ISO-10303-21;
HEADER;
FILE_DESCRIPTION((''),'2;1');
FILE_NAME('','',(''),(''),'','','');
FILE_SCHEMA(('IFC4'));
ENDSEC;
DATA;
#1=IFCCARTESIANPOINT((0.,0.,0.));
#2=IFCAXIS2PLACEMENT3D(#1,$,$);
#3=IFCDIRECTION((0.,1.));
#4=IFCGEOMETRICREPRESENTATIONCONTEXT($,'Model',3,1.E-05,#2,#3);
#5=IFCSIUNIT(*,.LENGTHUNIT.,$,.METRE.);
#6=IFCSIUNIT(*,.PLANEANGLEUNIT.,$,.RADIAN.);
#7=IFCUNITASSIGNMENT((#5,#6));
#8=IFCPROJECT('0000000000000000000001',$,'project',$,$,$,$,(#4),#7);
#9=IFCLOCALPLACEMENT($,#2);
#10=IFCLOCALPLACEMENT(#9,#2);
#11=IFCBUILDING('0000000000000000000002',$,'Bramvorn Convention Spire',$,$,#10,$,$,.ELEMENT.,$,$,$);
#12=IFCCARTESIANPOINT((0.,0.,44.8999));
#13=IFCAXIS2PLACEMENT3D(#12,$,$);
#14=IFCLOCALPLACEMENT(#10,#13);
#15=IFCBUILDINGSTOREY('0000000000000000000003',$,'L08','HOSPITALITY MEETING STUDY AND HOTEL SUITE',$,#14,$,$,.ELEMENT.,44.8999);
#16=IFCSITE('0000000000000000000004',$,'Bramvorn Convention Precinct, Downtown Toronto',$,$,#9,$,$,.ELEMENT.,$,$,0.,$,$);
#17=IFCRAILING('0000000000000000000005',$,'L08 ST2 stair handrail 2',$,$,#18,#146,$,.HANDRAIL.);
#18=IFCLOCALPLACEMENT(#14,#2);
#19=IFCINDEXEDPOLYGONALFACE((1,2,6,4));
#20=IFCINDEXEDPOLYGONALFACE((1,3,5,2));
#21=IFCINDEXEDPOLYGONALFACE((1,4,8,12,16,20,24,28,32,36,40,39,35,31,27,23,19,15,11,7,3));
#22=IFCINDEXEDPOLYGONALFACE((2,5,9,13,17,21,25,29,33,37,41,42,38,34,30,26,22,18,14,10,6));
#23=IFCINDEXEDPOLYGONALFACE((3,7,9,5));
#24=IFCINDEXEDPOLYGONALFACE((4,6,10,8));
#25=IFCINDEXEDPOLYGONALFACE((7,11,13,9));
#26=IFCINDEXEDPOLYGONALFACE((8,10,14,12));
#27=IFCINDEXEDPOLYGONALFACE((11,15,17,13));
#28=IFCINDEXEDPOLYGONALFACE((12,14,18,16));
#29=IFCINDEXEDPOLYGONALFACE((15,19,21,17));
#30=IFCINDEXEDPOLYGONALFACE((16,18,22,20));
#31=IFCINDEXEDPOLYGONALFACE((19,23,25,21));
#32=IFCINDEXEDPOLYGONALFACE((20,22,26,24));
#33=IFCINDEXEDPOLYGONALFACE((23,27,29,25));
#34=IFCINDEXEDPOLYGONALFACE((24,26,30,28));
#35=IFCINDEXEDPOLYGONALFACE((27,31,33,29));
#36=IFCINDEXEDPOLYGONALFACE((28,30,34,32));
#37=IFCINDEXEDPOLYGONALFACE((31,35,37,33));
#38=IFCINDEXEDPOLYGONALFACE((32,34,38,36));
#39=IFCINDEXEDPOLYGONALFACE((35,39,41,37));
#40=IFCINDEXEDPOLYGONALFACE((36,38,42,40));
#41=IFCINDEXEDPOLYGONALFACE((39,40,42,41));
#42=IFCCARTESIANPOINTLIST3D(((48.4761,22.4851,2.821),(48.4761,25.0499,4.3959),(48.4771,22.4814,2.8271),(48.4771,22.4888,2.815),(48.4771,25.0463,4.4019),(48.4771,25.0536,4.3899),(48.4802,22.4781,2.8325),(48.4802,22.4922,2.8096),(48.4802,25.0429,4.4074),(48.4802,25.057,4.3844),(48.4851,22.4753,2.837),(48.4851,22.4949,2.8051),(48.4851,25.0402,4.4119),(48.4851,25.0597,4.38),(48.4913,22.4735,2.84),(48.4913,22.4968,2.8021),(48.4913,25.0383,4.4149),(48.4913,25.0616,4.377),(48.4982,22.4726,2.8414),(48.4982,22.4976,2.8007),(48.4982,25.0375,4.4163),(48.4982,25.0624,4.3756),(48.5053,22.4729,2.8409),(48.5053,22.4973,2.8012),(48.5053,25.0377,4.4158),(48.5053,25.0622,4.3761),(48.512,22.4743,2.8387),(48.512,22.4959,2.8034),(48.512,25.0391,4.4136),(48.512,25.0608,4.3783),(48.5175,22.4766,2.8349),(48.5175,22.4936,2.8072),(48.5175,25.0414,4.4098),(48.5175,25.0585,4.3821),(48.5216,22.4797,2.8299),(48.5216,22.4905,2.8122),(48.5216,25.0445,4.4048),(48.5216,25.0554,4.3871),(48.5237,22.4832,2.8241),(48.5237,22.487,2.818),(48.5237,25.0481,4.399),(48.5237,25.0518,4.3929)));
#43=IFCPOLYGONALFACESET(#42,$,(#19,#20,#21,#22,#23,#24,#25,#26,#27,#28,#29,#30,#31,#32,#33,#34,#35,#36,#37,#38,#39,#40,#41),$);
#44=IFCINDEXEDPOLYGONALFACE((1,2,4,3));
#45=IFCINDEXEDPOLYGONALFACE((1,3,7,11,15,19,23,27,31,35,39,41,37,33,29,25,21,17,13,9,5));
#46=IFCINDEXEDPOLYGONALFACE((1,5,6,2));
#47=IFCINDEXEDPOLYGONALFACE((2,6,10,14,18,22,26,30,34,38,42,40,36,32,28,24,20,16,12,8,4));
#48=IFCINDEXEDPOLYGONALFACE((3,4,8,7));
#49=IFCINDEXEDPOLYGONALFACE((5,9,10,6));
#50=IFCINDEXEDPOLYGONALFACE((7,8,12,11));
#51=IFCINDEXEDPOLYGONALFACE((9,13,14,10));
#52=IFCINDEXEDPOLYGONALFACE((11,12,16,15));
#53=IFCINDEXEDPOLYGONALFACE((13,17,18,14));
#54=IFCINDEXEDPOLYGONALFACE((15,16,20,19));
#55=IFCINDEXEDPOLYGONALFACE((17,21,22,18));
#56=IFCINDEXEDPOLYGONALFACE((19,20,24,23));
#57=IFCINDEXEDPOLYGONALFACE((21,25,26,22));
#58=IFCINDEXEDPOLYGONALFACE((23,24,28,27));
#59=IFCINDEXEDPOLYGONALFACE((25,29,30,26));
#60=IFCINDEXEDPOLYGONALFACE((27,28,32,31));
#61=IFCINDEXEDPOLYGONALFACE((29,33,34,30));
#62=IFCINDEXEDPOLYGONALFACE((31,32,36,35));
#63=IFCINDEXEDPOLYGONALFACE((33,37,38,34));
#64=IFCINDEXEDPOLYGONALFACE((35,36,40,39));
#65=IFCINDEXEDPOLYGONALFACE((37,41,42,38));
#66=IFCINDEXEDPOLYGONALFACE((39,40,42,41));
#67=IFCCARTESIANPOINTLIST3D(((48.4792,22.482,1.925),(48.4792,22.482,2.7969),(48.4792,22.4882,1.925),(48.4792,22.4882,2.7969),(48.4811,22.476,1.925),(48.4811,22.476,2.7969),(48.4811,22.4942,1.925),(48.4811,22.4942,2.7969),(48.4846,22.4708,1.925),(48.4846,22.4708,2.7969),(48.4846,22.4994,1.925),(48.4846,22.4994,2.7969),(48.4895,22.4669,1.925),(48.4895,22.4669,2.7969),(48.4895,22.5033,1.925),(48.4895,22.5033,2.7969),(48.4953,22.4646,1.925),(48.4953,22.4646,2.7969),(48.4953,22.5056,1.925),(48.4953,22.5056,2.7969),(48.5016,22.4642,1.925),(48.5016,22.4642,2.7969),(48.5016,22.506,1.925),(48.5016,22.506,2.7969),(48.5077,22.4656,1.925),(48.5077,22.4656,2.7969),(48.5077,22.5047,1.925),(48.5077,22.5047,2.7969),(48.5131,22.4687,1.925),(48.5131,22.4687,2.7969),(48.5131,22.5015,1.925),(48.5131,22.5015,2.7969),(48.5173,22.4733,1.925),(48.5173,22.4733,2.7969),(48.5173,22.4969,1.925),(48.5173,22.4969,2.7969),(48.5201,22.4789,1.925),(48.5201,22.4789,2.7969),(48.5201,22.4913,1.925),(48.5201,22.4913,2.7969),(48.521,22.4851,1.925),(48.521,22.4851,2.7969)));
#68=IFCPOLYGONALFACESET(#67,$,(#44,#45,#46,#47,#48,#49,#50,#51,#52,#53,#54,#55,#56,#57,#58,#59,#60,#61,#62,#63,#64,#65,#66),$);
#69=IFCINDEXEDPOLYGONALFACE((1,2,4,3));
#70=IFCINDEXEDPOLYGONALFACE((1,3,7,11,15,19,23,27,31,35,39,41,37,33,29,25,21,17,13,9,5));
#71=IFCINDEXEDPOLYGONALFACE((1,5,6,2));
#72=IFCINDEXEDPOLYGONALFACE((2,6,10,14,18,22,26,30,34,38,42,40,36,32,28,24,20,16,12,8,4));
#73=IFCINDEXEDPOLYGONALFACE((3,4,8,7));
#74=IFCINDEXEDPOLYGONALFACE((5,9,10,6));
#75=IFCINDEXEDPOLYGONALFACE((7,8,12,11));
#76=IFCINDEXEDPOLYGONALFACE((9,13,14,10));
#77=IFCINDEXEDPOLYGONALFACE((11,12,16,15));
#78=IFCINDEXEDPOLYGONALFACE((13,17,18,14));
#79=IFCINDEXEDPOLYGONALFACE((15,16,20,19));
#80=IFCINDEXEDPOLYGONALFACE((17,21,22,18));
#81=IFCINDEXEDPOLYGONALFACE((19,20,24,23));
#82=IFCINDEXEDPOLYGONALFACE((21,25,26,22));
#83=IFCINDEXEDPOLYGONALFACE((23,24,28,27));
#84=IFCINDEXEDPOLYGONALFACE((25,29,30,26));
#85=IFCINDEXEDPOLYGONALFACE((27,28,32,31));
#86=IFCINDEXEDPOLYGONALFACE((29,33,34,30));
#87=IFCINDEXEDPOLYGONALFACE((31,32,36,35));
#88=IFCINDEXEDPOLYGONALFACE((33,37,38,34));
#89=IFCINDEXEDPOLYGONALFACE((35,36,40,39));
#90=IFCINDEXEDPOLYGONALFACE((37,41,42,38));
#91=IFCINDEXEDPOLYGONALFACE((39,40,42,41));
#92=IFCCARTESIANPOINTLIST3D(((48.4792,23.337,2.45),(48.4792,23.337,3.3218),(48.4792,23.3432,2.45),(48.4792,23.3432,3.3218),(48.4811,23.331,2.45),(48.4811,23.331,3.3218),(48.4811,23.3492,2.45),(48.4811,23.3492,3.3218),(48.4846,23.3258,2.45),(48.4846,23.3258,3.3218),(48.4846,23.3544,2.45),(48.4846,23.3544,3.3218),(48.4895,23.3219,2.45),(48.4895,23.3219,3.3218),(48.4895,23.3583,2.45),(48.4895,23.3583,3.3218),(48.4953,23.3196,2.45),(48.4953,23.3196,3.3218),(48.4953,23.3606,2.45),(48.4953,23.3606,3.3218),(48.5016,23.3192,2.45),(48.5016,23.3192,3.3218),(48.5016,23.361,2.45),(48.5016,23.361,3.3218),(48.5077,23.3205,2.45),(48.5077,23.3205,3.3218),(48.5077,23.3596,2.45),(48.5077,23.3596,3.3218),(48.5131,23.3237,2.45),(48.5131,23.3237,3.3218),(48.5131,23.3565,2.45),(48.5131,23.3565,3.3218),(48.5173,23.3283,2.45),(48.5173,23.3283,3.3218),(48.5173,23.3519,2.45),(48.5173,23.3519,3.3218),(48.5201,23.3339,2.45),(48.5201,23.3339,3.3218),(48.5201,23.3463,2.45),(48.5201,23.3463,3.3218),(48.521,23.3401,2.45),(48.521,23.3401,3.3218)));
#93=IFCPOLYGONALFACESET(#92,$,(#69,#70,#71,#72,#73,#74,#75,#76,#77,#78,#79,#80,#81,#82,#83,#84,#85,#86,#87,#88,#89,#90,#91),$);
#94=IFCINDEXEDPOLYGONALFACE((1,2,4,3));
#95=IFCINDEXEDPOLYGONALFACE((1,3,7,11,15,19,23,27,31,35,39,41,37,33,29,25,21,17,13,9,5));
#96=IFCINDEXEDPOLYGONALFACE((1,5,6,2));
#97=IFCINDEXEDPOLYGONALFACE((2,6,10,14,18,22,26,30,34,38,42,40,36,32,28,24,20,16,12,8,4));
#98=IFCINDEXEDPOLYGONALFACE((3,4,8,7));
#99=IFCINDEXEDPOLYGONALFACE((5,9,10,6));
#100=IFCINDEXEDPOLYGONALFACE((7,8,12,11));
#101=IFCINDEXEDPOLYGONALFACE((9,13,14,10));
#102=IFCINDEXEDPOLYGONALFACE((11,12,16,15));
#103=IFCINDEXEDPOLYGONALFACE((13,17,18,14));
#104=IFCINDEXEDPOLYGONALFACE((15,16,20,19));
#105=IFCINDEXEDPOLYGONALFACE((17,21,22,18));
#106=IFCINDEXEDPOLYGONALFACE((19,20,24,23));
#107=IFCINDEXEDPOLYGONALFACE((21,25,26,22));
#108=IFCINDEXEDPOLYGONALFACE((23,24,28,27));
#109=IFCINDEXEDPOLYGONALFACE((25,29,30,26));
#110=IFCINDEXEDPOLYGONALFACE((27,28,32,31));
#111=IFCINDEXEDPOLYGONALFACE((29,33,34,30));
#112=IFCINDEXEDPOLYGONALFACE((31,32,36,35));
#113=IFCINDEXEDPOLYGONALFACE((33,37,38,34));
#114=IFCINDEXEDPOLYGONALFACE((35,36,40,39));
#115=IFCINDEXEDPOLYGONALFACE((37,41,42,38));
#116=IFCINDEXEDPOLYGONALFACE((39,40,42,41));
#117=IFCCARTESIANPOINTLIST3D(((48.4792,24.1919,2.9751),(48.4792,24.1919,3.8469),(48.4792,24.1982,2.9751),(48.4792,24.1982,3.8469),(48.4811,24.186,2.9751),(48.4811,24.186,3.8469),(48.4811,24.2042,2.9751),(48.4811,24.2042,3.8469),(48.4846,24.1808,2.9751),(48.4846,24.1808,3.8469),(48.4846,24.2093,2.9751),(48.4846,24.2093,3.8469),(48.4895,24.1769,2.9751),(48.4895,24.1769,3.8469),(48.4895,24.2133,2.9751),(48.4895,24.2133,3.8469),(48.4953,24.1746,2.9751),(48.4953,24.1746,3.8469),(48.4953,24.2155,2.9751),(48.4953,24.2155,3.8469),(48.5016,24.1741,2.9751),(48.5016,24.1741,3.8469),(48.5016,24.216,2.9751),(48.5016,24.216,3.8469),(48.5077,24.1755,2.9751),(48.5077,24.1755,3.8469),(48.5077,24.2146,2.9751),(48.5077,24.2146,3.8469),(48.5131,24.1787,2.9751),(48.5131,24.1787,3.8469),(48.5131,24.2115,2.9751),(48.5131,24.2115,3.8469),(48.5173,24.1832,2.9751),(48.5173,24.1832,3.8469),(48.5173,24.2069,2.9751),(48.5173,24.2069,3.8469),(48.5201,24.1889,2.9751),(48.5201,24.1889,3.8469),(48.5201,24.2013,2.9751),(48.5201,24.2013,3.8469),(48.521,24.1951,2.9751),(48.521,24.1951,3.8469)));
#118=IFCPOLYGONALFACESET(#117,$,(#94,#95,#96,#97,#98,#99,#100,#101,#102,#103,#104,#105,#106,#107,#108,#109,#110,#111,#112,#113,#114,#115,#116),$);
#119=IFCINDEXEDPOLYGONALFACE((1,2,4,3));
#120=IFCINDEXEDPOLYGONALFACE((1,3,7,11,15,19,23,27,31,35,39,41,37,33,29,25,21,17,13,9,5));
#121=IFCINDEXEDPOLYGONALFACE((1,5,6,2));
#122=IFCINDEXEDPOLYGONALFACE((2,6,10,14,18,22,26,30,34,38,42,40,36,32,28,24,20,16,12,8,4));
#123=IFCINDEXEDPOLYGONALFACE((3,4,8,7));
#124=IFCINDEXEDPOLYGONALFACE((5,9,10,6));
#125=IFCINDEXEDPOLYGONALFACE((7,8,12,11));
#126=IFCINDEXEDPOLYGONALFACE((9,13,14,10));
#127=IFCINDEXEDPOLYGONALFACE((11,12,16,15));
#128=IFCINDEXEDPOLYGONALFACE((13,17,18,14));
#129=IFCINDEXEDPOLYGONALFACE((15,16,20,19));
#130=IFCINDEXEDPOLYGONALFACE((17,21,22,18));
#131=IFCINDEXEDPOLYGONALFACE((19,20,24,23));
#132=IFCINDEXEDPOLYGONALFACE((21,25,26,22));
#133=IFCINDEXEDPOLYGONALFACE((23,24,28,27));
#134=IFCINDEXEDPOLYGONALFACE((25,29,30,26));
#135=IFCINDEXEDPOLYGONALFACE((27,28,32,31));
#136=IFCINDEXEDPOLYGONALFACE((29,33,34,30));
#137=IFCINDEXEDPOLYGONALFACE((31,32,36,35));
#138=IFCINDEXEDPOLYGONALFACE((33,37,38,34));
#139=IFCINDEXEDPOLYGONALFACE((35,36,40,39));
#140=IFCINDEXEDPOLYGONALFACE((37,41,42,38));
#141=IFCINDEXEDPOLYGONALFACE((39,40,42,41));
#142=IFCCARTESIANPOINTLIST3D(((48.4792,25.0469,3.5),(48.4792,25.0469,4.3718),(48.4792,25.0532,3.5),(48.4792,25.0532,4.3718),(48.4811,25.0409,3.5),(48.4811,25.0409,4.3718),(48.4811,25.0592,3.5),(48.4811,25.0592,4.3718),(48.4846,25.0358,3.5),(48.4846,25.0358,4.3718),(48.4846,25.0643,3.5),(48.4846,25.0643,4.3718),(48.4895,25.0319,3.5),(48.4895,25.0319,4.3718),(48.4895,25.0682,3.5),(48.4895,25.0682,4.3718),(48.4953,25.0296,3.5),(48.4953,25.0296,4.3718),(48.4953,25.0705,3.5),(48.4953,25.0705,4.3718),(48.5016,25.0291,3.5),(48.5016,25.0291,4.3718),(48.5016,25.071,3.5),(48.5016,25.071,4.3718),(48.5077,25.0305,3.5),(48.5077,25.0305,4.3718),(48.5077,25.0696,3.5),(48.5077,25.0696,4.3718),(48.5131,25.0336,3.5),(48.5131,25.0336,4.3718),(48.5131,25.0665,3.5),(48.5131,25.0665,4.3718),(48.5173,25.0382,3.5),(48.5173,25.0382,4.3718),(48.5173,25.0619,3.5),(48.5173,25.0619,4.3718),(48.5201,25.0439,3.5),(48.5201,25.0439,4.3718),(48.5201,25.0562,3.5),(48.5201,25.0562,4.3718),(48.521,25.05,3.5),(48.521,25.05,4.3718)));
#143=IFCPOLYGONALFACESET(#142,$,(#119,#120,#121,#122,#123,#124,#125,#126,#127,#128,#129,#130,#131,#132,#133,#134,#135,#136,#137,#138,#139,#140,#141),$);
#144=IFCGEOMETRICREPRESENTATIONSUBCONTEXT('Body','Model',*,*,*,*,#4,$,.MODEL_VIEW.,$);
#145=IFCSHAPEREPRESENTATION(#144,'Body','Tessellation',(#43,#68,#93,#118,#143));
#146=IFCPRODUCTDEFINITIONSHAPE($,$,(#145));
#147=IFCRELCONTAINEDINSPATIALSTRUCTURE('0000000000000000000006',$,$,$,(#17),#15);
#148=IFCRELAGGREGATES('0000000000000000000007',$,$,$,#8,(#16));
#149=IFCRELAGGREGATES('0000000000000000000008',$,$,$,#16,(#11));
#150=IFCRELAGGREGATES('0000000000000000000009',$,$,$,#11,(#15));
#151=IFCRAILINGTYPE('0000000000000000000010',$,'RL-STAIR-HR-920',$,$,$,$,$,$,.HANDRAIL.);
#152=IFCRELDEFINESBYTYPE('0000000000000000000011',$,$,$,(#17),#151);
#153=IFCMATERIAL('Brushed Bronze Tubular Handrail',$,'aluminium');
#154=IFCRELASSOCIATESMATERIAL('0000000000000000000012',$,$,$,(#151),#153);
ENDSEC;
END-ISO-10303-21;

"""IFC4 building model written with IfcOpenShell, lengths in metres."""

from ifc_helpers import new_model, si_unit, direction, frame, origin, origin_2d, place, context, subcontext, project, spatial, circle, extrude, material, type_object, element, save


model = new_model("IFC4")

# Units and contexts
model_context = context("Model", 3, precision=1e-05, world=origin(), true_north=direction((0.0, 1.0)))
body_context = subcontext(model_context, "Body", "Model", "MODEL_VIEW")
ifc_project = project(units=[si_unit("LENGTHUNIT", "METRE"), si_unit("PLANEANGLEUNIT", "RADIAN")], contexts=[model_context])

# Site, building, storey
site_placement = place(None, origin())
site = spatial("IfcSite", under=ifc_project, at=site_placement, Name="Bramvorn Convention Precinct, Downtown Toronto", CompositionType="ELEMENT", RefElevation=0.0)
building_placement = place(site_placement, origin())
building = spatial("IfcBuilding", under=site, at=building_placement, Name="Bramvorn Convention Spire", CompositionType="ELEMENT")
storey_placement = place(building_placement, frame((0.0, 0.0, 44.8999)))
storey = spatial("IfcBuildingStorey", under=building, at=storey_placement, Name="L08", Description="HOSPITALITY MEETING STUDY AND HOTEL SUITE", CompositionType="ELEMENT", Elevation=44.8999)

# Railing
ifc_material_1 = material(Name="Brushed Bronze Tubular Handrail", Category="aluminium")
railing_type_1 = type_object("IfcRailingType", Name="RL-STAIR-HR-920", PredefinedType="HANDRAIL", material=ifc_material_1)
railing_1_placement = place(storey_placement, frame((48.5, 22.4851, 1.925)))
element("IfcRailing", 1, at=railing_1_placement, inside=storey, type_object=railing_type_1, Name="L08 ST2 stair handrail 2", PredefinedType="HANDRAIL", context=body_context, shape_type="SweptSolid", body=[
    extrude(circle(Radius=0.0239, at=origin_2d()), frame((0.0, 0.0, 0.896), z_axis=(0.0, 0.852173, 0.52326), x_axis=(-1.0, 0.0, 0.0)), (0.0, 0.0, 1.0), 3.0098),
    extrude(circle(Radius=0.021, at=origin_2d()), origin(), (0.0, 0.0, 1.0), 0.8718),
    extrude(circle(Radius=0.021, at=origin_2d()), frame((0.0, 0.855, 0.5249)), (0.0, 0.0, 1.0), 0.8718),
    extrude(circle(Radius=0.021, at=origin_2d()), frame((0.0, 1.71, 1.05)), (0.0, 0.0, 1.0), 0.8718),
    extrude(circle(Radius=0.021, at=origin_2d()), frame((0.0, 2.5649, 1.575)), (0.0, 0.0, 1.0), 0.8718),
])

save(model, "model.ifc")
